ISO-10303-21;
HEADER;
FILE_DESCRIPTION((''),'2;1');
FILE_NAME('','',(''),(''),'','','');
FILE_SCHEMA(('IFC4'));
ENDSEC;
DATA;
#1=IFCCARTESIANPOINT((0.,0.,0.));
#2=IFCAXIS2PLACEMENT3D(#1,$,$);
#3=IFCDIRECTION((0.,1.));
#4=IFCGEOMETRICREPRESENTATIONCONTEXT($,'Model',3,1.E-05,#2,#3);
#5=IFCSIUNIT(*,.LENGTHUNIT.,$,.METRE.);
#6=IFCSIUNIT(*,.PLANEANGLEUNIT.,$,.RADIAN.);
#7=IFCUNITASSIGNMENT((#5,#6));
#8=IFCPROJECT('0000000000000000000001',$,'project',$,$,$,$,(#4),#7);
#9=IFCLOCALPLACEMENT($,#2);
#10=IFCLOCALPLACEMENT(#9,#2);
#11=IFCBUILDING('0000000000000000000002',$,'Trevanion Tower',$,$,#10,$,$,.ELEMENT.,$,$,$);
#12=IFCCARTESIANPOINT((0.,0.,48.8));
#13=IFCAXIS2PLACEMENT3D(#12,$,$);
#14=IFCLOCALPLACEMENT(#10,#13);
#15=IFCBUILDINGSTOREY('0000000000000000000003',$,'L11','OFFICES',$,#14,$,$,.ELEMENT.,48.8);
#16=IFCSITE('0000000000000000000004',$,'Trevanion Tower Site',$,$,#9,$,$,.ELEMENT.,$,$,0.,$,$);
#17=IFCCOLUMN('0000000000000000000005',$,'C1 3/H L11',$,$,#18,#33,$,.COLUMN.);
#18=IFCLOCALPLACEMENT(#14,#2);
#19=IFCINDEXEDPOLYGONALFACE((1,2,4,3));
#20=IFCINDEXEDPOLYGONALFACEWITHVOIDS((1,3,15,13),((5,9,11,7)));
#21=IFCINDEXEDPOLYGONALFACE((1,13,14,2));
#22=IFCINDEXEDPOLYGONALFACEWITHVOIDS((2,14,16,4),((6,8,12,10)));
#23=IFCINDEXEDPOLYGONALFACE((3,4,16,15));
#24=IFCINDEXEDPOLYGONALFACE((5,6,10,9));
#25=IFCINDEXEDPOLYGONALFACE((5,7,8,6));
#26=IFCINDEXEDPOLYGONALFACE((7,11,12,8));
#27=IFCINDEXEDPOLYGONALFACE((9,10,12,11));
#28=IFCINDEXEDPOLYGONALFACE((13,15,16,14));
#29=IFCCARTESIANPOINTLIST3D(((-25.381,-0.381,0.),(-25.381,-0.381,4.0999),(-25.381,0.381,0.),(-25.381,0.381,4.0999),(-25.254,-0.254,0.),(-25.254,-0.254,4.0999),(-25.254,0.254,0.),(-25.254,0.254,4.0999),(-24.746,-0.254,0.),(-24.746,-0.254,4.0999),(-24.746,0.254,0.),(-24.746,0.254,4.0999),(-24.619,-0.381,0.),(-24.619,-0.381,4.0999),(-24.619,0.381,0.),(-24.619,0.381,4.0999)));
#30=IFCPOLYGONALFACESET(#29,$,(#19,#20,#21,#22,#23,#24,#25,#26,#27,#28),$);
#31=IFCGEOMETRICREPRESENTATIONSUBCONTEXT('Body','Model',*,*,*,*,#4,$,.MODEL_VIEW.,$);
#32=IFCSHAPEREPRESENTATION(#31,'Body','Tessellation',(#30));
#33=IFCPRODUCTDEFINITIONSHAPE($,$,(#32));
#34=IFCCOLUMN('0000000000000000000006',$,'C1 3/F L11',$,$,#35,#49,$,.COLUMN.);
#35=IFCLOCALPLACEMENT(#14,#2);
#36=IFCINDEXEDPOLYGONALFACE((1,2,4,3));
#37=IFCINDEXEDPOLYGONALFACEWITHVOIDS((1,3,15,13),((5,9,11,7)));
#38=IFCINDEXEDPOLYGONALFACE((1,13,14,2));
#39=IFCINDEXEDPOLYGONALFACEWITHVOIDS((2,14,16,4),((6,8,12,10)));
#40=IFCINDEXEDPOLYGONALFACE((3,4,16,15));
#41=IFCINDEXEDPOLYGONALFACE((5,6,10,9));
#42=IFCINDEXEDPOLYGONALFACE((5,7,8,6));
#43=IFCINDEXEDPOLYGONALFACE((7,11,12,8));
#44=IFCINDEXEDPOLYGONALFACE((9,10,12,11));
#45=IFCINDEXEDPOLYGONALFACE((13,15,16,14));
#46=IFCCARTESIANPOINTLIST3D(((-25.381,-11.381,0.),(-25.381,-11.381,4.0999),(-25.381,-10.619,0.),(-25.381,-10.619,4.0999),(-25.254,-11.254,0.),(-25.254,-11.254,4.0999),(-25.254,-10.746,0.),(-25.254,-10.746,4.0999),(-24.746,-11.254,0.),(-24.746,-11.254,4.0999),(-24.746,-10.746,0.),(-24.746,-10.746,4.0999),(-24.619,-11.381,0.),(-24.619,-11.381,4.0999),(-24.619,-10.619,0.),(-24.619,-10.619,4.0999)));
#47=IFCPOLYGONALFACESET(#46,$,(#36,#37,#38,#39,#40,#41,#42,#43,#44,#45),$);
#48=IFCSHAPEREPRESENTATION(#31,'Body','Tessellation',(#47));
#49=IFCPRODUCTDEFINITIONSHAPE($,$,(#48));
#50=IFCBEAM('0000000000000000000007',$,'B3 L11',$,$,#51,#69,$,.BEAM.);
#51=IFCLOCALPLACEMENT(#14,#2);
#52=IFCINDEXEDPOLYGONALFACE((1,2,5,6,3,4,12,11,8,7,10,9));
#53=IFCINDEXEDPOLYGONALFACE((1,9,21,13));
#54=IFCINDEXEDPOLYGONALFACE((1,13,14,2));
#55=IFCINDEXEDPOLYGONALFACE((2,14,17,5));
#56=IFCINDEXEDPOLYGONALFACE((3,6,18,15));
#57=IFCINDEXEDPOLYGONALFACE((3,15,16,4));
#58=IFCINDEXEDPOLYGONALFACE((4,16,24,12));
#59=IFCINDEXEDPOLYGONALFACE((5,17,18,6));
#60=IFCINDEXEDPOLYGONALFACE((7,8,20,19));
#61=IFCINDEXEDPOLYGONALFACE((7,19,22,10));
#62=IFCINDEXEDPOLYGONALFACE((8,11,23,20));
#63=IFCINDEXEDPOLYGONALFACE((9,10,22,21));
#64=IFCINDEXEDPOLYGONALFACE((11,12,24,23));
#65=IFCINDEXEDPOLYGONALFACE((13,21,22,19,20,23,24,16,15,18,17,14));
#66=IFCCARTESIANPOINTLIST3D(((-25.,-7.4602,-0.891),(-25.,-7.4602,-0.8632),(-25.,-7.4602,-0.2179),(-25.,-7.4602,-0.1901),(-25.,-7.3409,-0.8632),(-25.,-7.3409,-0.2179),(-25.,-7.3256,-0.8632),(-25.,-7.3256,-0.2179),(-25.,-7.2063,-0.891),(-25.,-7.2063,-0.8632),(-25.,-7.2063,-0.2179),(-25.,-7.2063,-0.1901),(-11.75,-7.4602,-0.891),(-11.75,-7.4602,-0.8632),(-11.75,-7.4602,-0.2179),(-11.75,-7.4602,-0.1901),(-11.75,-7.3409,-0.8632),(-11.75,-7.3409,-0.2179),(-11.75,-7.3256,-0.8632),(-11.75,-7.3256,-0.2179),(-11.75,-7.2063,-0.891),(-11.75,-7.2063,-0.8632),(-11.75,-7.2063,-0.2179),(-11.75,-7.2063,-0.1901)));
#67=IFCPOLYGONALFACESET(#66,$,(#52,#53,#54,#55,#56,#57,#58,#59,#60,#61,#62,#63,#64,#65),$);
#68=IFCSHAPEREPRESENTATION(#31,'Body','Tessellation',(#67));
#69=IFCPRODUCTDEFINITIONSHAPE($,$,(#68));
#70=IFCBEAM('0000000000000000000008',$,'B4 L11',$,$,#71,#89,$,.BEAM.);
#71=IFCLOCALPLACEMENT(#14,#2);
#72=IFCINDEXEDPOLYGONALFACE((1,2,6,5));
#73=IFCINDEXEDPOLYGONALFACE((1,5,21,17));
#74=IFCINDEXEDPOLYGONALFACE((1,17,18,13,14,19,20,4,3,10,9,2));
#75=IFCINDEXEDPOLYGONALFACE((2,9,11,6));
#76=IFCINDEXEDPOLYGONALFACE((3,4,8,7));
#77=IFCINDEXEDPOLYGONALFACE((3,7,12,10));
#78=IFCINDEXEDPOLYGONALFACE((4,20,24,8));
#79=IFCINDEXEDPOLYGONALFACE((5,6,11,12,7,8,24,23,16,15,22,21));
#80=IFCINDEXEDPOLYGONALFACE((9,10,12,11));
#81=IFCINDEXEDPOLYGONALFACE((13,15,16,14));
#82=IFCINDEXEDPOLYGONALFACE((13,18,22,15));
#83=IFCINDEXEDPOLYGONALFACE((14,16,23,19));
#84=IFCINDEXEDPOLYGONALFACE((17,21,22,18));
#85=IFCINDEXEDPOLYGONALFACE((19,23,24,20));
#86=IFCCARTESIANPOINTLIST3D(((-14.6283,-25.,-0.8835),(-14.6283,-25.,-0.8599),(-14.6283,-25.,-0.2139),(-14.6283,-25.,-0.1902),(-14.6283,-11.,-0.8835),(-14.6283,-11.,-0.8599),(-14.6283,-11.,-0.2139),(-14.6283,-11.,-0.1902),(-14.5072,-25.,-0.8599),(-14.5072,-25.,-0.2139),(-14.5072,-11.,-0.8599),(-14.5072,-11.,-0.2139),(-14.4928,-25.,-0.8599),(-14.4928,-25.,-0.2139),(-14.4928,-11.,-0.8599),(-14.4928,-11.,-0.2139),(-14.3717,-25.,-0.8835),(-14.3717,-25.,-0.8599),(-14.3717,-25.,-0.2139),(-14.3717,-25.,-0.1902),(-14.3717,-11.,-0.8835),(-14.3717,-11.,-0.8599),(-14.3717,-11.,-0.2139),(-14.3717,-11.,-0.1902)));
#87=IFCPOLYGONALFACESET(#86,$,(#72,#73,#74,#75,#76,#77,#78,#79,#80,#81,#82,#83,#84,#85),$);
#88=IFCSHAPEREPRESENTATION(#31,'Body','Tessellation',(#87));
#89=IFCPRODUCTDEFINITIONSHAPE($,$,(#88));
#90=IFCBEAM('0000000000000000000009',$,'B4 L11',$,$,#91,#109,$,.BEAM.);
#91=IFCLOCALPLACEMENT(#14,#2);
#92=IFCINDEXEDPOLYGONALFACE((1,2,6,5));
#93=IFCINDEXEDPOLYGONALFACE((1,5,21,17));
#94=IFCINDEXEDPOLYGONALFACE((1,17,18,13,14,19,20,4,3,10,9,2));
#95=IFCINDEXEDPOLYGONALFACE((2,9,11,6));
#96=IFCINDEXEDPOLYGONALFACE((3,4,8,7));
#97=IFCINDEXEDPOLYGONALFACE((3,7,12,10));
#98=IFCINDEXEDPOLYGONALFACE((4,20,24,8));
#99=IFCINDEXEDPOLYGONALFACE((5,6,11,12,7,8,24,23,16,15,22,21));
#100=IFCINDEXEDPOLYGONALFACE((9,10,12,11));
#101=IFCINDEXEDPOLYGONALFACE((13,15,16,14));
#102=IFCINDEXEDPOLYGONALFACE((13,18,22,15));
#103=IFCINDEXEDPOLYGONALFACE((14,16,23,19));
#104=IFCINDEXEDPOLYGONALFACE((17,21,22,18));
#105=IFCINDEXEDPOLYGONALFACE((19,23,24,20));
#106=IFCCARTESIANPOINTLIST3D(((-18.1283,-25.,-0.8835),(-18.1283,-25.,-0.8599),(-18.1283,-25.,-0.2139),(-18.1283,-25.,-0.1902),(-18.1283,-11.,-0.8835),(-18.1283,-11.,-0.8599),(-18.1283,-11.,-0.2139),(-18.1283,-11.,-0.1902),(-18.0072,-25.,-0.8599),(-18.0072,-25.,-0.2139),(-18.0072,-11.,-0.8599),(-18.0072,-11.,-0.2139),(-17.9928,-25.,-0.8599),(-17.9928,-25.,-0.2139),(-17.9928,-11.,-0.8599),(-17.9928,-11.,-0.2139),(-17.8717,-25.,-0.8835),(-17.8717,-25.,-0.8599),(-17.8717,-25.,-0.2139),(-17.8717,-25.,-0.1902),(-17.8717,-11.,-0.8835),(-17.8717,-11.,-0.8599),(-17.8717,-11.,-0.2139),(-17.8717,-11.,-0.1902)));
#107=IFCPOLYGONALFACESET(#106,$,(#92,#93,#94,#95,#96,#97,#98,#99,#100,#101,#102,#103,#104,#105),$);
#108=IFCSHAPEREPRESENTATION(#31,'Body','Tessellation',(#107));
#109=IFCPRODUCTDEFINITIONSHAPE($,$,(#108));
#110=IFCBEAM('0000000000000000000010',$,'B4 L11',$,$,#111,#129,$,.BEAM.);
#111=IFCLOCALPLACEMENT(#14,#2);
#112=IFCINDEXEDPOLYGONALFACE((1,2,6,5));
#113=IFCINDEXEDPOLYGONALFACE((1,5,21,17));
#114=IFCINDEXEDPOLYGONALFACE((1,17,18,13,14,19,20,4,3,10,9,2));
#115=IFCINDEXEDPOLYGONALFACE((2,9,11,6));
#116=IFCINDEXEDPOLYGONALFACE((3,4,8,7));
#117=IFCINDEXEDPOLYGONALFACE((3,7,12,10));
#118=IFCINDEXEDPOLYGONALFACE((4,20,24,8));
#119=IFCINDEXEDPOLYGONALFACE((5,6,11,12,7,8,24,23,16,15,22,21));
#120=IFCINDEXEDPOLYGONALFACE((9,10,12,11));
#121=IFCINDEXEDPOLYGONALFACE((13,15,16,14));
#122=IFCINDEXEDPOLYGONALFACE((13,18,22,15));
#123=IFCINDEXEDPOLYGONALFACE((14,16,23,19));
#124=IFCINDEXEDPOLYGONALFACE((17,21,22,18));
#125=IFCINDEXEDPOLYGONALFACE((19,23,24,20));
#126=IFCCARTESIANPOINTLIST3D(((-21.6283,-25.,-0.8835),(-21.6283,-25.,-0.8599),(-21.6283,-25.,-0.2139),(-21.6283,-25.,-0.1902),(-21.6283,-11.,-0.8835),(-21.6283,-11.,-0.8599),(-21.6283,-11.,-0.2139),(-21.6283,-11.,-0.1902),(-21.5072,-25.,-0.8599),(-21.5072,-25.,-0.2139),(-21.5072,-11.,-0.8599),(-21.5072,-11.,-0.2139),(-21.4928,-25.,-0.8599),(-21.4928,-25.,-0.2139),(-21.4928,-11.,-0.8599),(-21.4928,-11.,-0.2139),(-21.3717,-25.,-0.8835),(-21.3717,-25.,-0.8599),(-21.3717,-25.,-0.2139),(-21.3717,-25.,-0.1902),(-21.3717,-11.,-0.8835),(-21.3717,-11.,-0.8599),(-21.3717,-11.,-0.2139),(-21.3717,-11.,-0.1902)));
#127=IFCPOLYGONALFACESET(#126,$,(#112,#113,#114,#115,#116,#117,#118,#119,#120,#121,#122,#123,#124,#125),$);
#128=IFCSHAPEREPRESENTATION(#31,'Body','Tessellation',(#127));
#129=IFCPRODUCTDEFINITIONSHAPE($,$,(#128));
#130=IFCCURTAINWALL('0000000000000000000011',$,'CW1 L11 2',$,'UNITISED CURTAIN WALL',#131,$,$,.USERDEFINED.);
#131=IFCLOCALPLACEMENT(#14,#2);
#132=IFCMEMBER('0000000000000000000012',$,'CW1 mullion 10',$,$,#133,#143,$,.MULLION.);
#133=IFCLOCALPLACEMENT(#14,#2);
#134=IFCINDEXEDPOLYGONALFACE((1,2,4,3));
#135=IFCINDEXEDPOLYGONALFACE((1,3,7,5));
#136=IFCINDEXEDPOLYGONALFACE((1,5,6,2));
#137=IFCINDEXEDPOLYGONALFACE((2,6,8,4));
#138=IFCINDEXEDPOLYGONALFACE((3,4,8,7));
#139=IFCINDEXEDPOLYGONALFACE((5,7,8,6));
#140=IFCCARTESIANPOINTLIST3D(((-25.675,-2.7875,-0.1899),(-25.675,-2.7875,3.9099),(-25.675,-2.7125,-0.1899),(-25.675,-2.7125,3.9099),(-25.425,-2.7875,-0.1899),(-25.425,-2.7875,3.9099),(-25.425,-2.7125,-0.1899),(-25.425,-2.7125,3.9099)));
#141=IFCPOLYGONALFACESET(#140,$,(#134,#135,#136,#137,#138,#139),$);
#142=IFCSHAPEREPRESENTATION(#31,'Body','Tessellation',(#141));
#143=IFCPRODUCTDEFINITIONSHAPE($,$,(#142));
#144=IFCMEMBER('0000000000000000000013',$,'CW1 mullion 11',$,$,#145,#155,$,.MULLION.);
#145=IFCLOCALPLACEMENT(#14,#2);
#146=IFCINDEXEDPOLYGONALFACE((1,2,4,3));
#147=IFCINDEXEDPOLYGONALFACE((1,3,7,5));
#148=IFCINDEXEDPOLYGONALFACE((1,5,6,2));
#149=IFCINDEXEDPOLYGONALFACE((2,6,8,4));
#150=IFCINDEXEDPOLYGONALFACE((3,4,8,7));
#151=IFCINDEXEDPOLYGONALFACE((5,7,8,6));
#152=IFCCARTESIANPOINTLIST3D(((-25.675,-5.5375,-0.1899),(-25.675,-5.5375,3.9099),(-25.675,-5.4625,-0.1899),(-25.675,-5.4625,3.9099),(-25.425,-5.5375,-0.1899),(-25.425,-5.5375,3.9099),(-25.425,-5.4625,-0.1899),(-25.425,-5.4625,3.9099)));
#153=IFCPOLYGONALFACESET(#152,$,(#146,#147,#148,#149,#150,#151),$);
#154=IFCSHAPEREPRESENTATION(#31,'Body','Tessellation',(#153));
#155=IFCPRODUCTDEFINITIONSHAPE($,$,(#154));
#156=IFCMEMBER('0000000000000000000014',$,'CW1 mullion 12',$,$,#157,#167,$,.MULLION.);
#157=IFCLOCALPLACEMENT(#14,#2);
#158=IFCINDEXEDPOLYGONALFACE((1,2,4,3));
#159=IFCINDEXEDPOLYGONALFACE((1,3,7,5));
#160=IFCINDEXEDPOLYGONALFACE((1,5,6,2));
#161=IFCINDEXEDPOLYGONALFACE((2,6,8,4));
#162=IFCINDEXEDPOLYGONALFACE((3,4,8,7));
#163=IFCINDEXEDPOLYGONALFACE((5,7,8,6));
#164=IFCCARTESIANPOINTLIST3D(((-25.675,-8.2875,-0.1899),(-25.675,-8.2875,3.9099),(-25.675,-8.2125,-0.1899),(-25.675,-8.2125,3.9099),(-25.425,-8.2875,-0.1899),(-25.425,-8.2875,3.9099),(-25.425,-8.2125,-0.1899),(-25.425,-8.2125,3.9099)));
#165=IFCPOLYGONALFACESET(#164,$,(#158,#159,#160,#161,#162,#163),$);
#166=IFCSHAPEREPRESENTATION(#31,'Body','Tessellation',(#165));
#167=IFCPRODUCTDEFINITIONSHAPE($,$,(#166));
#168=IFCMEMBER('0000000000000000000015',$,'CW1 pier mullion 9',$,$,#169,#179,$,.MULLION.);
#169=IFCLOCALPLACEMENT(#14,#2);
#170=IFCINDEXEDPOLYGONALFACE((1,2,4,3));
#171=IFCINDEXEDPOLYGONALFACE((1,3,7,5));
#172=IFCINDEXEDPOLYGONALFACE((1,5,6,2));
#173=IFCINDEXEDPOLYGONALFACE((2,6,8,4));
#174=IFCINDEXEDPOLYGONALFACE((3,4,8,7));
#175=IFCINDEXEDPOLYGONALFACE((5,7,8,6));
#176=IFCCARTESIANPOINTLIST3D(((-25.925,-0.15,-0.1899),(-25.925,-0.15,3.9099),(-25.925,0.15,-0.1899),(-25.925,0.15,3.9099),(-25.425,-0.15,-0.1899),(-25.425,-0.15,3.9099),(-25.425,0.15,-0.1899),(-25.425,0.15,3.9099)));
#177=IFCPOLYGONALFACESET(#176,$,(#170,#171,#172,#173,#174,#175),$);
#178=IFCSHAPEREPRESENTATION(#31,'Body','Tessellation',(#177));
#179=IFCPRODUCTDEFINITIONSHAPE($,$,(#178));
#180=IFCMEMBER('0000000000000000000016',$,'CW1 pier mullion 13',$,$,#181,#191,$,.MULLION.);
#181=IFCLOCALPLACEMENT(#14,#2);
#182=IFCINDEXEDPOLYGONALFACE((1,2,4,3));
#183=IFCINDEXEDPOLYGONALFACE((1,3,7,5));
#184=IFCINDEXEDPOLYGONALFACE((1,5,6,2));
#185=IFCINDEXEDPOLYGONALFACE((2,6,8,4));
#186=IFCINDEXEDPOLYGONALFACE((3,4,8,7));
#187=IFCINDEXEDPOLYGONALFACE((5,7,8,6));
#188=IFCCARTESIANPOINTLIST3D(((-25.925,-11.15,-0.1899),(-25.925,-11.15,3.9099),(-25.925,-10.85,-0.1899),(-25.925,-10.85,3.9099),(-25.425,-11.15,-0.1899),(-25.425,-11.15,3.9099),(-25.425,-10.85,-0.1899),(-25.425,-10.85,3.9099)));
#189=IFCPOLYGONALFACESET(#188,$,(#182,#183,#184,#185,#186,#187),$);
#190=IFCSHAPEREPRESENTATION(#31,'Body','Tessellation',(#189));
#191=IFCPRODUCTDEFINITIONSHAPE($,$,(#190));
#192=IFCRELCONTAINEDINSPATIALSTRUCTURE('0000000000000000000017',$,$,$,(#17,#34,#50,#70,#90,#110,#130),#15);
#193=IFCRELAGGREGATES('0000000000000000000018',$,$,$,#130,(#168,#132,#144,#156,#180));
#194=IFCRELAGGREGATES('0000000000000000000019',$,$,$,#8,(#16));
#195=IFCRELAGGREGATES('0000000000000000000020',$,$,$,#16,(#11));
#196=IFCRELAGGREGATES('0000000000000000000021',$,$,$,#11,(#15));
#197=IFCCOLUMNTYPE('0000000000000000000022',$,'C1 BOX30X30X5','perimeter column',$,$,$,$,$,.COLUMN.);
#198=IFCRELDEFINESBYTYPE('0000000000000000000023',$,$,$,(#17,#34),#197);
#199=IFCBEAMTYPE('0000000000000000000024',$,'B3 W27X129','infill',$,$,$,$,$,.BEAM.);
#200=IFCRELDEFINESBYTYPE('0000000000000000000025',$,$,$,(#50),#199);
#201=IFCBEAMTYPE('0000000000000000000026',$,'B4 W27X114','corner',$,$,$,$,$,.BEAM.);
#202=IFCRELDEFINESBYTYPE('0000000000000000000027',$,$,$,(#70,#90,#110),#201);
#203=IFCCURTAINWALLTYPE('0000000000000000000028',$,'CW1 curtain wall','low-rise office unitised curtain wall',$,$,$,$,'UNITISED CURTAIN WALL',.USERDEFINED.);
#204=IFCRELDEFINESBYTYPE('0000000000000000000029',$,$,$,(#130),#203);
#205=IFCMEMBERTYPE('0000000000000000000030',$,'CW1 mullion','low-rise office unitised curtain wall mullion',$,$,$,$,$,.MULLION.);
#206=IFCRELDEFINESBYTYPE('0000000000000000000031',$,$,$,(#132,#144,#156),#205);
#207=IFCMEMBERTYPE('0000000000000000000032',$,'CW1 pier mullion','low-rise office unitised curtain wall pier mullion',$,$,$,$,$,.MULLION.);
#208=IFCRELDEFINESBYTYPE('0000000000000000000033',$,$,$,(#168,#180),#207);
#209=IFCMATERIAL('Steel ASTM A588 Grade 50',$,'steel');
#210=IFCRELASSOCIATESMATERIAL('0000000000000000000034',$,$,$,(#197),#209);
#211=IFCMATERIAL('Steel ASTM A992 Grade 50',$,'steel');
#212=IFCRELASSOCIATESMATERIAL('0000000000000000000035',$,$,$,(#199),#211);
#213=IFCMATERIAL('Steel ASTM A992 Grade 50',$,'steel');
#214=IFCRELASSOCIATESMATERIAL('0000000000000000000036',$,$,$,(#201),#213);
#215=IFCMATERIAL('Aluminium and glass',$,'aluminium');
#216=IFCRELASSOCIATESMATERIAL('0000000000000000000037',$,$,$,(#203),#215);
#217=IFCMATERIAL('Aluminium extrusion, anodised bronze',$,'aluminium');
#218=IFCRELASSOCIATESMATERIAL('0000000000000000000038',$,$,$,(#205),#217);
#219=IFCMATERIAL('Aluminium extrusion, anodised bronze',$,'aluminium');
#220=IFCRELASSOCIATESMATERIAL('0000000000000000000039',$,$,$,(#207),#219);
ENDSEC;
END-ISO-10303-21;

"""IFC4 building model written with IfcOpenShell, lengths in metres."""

from ifc_helpers import new_model, si_unit, direction, frame, origin, origin_2d, place, context, subcontext, project, spatial, rectangle, hollow_rectangle, i_section, extrude, material, material_profile, profile_set, type_object, element, aggregate, save


model = new_model("IFC4")

# Units and contexts
model_context = context("Model", 3, precision=1e-05, world=origin(), true_north=direction((0.0, 1.0)))
body_context = subcontext(model_context, "Body", "Model", "MODEL_VIEW")
ifc_project = project(units=[si_unit("LENGTHUNIT", "METRE"), si_unit("PLANEANGLEUNIT", "RADIAN")], contexts=[model_context])

# Site, building, storey
site_placement = place(None, origin())
site = spatial("IfcSite", under=ifc_project, at=site_placement, Name="Trevanion Tower Site", CompositionType="ELEMENT", RefElevation=0.0)
building_placement = place(site_placement, origin())
building = spatial("IfcBuilding", under=site, at=building_placement, Name="Trevanion Tower", CompositionType="ELEMENT")
storey_placement = place(building_placement, frame((0.0, 0.0, 48.8)))
storey = spatial("IfcBuildingStorey", under=building, at=storey_placement, Name="L11", Description="OFFICES", CompositionType="ELEMENT", Elevation=48.8)

# Columns
ifc_material_1 = material(Name="Steel ASTM A588 Grade 50", Category="steel")
ifc_material_profile_1 = material_profile(ifc_material_1, hollow_rectangle(XDim=0.762, YDim=0.762, WallThickness=0.127, at=origin_2d()), Name="BOX30X30X5")
ifc_profile_set_1 = profile_set([ifc_material_profile_1], Name="Steel ASTM A588 Grade 50")
column_type = type_object("IfcColumnType", Name="C1 BOX30X30X5", Description="perimeter column", PredefinedType="COLUMN", material=ifc_profile_set_1)
for number, where, z_axis, x_axis, name in (
    (1, (-25.0, 0.0, 0.0), (0.0, 0.0, 1.0), (0.0, 1.0, 0.0), "C1 3/H L11"),
    (2, (-25.0, -11.0, 0.0), (0.0, 0.0, 1.0), (0.0, 1.0, 0.0), "C1 3/F L11"),
):
    element("IfcColumn", number, at=place(storey_placement, frame(where, z_axis=z_axis, x_axis=x_axis)), inside=storey, type_object=column_type, Name=name, PredefinedType="COLUMN", context=body_context, shape_type="SweptSolid", body=[
        extrude(hollow_rectangle(XDim=0.762, YDim=0.762, WallThickness=0.127, at=origin_2d()), origin(), (0.0, 0.0, 1.0), 4.0999),
    ])

# Beams
ifc_material_2 = material(Name="Steel ASTM A992 Grade 50", Category="steel")
ifc_material_profile_2 = material_profile(ifc_material_2, i_section(OverallWidth=0.2539, OverallDepth=0.7009, WebThickness=0.0154, FlangeThickness=0.0278, at=origin_2d()), Name="W27X129")
ifc_profile_set_2 = profile_set([ifc_material_profile_2], Name="Steel ASTM A992 Grade 50")
beam_type_1 = type_object("IfcBeamType", Name="B3 W27X129", Description="infill", PredefinedType="BEAM", material=ifc_profile_set_2)
beam_1_placement = place(storey_placement, frame((-11.75, -7.3333, -0.5405), z_axis=(-1.0, 0.0, 0.0), x_axis=(0.0, -1.0, 0.0)))
element("IfcBeam", 3, at=beam_1_placement, inside=storey, type_object=beam_type_1, Name="B3 L11", PredefinedType="BEAM", context=body_context, shape_type="SweptSolid", body=[
    extrude(i_section(OverallWidth=0.2539, OverallDepth=0.7009, WebThickness=0.0154, FlangeThickness=0.0278, at=origin_2d()), origin(), (0.0, 0.0, 1.0), 13.25),
])
ifc_material_3 = material(Name="Steel ASTM A992 Grade 50", Category="steel")
ifc_material_profile_3 = material_profile(ifc_material_3, i_section(OverallWidth=0.2566, OverallDepth=0.6934, WebThickness=0.0144, FlangeThickness=0.0237, at=origin_2d()), Name="W27X114")
ifc_profile_set_3 = profile_set([ifc_material_profile_3], Name="Steel ASTM A992 Grade 50")
beam_type_2 = type_object("IfcBeamType", Name="B4 W27X114", Description="corner", PredefinedType="BEAM", material=ifc_profile_set_3)
for number, where, z_axis, x_axis, name in (
    (4, (-14.5, -11.0, -0.5369), (0.0, -1.0, 0.0), (1.0, 0.0, 0.0), "B4 L11"),
    (5, (-18.0, -11.0, -0.5369), (0.0, -1.0, 0.0), (1.0, 0.0, 0.0), "B4 L11"),
    (6, (-21.5, -11.0, -0.5369), (0.0, -1.0, 0.0), (1.0, 0.0, 0.0), "B4 L11"),
):
    element("IfcBeam", number, at=place(storey_placement, frame(where, z_axis=z_axis, x_axis=x_axis)), inside=storey, type_object=beam_type_2, Name=name, PredefinedType="BEAM", context=body_context, shape_type="SweptSolid", body=[
        extrude(i_section(OverallWidth=0.2566, OverallDepth=0.6934, WebThickness=0.0144, FlangeThickness=0.0237, at=origin_2d()), origin(), (0.0, 0.0, 1.0), 14.0),
    ])

# Curtain wall, members
ifc_material_4 = material(Name="Aluminium and glass", Category="aluminium")
curtain_wall_type = type_object("IfcCurtainWallType", Name="CW1 curtain wall", Description="low-rise office unitised curtain wall", ElementType="UNITISED CURTAIN WALL", PredefinedType="USERDEFINED", material=ifc_material_4)
curtain_wall_placement = place(storey_placement, origin())
curtain_wall = element("IfcCurtainWall", 7, at=curtain_wall_placement, inside=storey, type_object=curtain_wall_type, Name="CW1 L11 2", ObjectType="UNITISED CURTAIN WALL", PredefinedType="USERDEFINED")
ifc_material_5 = material(Name="Aluminium extrusion, anodised bronze", Category="aluminium")
ifc_material_profile_4 = material_profile(ifc_material_5, rectangle(XDim=0.075, YDim=0.25, at=origin_2d()), Name="CW1 mullion")
ifc_profile_set_4 = profile_set([ifc_material_profile_4], Name="Aluminium extrusion, anodised bronze")
member_type_1 = type_object("IfcMemberType", Name="CW1 mullion", Description="low-rise office unitised curtain wall mullion", PredefinedType="MULLION", material=ifc_profile_set_4)
member_1_placement = place(storey_placement, frame((-25.55, -2.75, -0.1899), z_axis=(0.0, 0.0, 1.0), x_axis=(0.0, -1.0, 0.0)))
member_1 = element("IfcMember", 8, at=member_1_placement, type_object=member_type_1, Name="CW1 mullion 10", PredefinedType="MULLION", context=body_context, shape_type="SweptSolid", body=[
    extrude(rectangle(XDim=0.075, YDim=0.25, at=origin_2d()), origin(), (0.0, 0.0, 1.0), 4.0999),
])
member_2_placement = place(storey_placement, frame((-25.55, -5.5, -0.1899), z_axis=(0.0, 0.0, 1.0), x_axis=(0.0, -1.0, 0.0)))
member_2 = element("IfcMember", 9, at=member_2_placement, type_object=member_type_1, Name="CW1 mullion 11", PredefinedType="MULLION", context=body_context, shape_type="SweptSolid", body=[
    extrude(rectangle(XDim=0.075, YDim=0.25, at=origin_2d()), origin(), (0.0, 0.0, 1.0), 4.0999),
])
member_3_placement = place(storey_placement, frame((-25.55, -8.25, -0.1899), z_axis=(0.0, 0.0, 1.0), x_axis=(0.0, -1.0, 0.0)))
member_3 = element("IfcMember", 10, at=member_3_placement, type_object=member_type_1, Name="CW1 mullion 12", PredefinedType="MULLION", context=body_context, shape_type="SweptSolid", body=[
    extrude(rectangle(XDim=0.075, YDim=0.25, at=origin_2d()), origin(), (0.0, 0.0, 1.0), 4.0999),
])
ifc_material_6 = material(Name="Aluminium extrusion, anodised bronze", Category="aluminium")
ifc_material_profile_5 = material_profile(ifc_material_6, rectangle(XDim=0.3, YDim=0.5, at=origin_2d()), Name="CW1 pier mullion")
ifc_profile_set_5 = profile_set([ifc_material_profile_5], Name="Aluminium extrusion, anodised bronze")
member_type_2 = type_object("IfcMemberType", Name="CW1 pier mullion", Description="low-rise office unitised curtain wall pier mullion", PredefinedType="MULLION", material=ifc_profile_set_5)
member_4_placement = place(storey_placement, frame((-25.675, 0.0, -0.1899), z_axis=(0.0, 0.0, 1.0), x_axis=(0.0, -1.0, 0.0)))
member_4 = element("IfcMember", 11, at=member_4_placement, type_object=member_type_2, Name="CW1 pier mullion 9", PredefinedType="MULLION", context=body_context, shape_type="SweptSolid", body=[
    extrude(rectangle(XDim=0.3, YDim=0.5, at=origin_2d()), origin(), (0.0, 0.0, 1.0), 4.0999),
])
member_5_placement = place(storey_placement, frame((-25.675, -11.0, -0.1899), z_axis=(0.0, 0.0, 1.0), x_axis=(0.0, -1.0, 0.0)))
member_5 = element("IfcMember", 12, at=member_5_placement, type_object=member_type_2, Name="CW1 pier mullion 13", PredefinedType="MULLION", context=body_context, shape_type="SweptSolid", body=[
    extrude(rectangle(XDim=0.3, YDim=0.5, at=origin_2d()), origin(), (0.0, 0.0, 1.0), 4.0999),
])

aggregate(curtain_wall, [member_4, member_1, member_2, member_3, member_5])

save(model, "model.ifc")
